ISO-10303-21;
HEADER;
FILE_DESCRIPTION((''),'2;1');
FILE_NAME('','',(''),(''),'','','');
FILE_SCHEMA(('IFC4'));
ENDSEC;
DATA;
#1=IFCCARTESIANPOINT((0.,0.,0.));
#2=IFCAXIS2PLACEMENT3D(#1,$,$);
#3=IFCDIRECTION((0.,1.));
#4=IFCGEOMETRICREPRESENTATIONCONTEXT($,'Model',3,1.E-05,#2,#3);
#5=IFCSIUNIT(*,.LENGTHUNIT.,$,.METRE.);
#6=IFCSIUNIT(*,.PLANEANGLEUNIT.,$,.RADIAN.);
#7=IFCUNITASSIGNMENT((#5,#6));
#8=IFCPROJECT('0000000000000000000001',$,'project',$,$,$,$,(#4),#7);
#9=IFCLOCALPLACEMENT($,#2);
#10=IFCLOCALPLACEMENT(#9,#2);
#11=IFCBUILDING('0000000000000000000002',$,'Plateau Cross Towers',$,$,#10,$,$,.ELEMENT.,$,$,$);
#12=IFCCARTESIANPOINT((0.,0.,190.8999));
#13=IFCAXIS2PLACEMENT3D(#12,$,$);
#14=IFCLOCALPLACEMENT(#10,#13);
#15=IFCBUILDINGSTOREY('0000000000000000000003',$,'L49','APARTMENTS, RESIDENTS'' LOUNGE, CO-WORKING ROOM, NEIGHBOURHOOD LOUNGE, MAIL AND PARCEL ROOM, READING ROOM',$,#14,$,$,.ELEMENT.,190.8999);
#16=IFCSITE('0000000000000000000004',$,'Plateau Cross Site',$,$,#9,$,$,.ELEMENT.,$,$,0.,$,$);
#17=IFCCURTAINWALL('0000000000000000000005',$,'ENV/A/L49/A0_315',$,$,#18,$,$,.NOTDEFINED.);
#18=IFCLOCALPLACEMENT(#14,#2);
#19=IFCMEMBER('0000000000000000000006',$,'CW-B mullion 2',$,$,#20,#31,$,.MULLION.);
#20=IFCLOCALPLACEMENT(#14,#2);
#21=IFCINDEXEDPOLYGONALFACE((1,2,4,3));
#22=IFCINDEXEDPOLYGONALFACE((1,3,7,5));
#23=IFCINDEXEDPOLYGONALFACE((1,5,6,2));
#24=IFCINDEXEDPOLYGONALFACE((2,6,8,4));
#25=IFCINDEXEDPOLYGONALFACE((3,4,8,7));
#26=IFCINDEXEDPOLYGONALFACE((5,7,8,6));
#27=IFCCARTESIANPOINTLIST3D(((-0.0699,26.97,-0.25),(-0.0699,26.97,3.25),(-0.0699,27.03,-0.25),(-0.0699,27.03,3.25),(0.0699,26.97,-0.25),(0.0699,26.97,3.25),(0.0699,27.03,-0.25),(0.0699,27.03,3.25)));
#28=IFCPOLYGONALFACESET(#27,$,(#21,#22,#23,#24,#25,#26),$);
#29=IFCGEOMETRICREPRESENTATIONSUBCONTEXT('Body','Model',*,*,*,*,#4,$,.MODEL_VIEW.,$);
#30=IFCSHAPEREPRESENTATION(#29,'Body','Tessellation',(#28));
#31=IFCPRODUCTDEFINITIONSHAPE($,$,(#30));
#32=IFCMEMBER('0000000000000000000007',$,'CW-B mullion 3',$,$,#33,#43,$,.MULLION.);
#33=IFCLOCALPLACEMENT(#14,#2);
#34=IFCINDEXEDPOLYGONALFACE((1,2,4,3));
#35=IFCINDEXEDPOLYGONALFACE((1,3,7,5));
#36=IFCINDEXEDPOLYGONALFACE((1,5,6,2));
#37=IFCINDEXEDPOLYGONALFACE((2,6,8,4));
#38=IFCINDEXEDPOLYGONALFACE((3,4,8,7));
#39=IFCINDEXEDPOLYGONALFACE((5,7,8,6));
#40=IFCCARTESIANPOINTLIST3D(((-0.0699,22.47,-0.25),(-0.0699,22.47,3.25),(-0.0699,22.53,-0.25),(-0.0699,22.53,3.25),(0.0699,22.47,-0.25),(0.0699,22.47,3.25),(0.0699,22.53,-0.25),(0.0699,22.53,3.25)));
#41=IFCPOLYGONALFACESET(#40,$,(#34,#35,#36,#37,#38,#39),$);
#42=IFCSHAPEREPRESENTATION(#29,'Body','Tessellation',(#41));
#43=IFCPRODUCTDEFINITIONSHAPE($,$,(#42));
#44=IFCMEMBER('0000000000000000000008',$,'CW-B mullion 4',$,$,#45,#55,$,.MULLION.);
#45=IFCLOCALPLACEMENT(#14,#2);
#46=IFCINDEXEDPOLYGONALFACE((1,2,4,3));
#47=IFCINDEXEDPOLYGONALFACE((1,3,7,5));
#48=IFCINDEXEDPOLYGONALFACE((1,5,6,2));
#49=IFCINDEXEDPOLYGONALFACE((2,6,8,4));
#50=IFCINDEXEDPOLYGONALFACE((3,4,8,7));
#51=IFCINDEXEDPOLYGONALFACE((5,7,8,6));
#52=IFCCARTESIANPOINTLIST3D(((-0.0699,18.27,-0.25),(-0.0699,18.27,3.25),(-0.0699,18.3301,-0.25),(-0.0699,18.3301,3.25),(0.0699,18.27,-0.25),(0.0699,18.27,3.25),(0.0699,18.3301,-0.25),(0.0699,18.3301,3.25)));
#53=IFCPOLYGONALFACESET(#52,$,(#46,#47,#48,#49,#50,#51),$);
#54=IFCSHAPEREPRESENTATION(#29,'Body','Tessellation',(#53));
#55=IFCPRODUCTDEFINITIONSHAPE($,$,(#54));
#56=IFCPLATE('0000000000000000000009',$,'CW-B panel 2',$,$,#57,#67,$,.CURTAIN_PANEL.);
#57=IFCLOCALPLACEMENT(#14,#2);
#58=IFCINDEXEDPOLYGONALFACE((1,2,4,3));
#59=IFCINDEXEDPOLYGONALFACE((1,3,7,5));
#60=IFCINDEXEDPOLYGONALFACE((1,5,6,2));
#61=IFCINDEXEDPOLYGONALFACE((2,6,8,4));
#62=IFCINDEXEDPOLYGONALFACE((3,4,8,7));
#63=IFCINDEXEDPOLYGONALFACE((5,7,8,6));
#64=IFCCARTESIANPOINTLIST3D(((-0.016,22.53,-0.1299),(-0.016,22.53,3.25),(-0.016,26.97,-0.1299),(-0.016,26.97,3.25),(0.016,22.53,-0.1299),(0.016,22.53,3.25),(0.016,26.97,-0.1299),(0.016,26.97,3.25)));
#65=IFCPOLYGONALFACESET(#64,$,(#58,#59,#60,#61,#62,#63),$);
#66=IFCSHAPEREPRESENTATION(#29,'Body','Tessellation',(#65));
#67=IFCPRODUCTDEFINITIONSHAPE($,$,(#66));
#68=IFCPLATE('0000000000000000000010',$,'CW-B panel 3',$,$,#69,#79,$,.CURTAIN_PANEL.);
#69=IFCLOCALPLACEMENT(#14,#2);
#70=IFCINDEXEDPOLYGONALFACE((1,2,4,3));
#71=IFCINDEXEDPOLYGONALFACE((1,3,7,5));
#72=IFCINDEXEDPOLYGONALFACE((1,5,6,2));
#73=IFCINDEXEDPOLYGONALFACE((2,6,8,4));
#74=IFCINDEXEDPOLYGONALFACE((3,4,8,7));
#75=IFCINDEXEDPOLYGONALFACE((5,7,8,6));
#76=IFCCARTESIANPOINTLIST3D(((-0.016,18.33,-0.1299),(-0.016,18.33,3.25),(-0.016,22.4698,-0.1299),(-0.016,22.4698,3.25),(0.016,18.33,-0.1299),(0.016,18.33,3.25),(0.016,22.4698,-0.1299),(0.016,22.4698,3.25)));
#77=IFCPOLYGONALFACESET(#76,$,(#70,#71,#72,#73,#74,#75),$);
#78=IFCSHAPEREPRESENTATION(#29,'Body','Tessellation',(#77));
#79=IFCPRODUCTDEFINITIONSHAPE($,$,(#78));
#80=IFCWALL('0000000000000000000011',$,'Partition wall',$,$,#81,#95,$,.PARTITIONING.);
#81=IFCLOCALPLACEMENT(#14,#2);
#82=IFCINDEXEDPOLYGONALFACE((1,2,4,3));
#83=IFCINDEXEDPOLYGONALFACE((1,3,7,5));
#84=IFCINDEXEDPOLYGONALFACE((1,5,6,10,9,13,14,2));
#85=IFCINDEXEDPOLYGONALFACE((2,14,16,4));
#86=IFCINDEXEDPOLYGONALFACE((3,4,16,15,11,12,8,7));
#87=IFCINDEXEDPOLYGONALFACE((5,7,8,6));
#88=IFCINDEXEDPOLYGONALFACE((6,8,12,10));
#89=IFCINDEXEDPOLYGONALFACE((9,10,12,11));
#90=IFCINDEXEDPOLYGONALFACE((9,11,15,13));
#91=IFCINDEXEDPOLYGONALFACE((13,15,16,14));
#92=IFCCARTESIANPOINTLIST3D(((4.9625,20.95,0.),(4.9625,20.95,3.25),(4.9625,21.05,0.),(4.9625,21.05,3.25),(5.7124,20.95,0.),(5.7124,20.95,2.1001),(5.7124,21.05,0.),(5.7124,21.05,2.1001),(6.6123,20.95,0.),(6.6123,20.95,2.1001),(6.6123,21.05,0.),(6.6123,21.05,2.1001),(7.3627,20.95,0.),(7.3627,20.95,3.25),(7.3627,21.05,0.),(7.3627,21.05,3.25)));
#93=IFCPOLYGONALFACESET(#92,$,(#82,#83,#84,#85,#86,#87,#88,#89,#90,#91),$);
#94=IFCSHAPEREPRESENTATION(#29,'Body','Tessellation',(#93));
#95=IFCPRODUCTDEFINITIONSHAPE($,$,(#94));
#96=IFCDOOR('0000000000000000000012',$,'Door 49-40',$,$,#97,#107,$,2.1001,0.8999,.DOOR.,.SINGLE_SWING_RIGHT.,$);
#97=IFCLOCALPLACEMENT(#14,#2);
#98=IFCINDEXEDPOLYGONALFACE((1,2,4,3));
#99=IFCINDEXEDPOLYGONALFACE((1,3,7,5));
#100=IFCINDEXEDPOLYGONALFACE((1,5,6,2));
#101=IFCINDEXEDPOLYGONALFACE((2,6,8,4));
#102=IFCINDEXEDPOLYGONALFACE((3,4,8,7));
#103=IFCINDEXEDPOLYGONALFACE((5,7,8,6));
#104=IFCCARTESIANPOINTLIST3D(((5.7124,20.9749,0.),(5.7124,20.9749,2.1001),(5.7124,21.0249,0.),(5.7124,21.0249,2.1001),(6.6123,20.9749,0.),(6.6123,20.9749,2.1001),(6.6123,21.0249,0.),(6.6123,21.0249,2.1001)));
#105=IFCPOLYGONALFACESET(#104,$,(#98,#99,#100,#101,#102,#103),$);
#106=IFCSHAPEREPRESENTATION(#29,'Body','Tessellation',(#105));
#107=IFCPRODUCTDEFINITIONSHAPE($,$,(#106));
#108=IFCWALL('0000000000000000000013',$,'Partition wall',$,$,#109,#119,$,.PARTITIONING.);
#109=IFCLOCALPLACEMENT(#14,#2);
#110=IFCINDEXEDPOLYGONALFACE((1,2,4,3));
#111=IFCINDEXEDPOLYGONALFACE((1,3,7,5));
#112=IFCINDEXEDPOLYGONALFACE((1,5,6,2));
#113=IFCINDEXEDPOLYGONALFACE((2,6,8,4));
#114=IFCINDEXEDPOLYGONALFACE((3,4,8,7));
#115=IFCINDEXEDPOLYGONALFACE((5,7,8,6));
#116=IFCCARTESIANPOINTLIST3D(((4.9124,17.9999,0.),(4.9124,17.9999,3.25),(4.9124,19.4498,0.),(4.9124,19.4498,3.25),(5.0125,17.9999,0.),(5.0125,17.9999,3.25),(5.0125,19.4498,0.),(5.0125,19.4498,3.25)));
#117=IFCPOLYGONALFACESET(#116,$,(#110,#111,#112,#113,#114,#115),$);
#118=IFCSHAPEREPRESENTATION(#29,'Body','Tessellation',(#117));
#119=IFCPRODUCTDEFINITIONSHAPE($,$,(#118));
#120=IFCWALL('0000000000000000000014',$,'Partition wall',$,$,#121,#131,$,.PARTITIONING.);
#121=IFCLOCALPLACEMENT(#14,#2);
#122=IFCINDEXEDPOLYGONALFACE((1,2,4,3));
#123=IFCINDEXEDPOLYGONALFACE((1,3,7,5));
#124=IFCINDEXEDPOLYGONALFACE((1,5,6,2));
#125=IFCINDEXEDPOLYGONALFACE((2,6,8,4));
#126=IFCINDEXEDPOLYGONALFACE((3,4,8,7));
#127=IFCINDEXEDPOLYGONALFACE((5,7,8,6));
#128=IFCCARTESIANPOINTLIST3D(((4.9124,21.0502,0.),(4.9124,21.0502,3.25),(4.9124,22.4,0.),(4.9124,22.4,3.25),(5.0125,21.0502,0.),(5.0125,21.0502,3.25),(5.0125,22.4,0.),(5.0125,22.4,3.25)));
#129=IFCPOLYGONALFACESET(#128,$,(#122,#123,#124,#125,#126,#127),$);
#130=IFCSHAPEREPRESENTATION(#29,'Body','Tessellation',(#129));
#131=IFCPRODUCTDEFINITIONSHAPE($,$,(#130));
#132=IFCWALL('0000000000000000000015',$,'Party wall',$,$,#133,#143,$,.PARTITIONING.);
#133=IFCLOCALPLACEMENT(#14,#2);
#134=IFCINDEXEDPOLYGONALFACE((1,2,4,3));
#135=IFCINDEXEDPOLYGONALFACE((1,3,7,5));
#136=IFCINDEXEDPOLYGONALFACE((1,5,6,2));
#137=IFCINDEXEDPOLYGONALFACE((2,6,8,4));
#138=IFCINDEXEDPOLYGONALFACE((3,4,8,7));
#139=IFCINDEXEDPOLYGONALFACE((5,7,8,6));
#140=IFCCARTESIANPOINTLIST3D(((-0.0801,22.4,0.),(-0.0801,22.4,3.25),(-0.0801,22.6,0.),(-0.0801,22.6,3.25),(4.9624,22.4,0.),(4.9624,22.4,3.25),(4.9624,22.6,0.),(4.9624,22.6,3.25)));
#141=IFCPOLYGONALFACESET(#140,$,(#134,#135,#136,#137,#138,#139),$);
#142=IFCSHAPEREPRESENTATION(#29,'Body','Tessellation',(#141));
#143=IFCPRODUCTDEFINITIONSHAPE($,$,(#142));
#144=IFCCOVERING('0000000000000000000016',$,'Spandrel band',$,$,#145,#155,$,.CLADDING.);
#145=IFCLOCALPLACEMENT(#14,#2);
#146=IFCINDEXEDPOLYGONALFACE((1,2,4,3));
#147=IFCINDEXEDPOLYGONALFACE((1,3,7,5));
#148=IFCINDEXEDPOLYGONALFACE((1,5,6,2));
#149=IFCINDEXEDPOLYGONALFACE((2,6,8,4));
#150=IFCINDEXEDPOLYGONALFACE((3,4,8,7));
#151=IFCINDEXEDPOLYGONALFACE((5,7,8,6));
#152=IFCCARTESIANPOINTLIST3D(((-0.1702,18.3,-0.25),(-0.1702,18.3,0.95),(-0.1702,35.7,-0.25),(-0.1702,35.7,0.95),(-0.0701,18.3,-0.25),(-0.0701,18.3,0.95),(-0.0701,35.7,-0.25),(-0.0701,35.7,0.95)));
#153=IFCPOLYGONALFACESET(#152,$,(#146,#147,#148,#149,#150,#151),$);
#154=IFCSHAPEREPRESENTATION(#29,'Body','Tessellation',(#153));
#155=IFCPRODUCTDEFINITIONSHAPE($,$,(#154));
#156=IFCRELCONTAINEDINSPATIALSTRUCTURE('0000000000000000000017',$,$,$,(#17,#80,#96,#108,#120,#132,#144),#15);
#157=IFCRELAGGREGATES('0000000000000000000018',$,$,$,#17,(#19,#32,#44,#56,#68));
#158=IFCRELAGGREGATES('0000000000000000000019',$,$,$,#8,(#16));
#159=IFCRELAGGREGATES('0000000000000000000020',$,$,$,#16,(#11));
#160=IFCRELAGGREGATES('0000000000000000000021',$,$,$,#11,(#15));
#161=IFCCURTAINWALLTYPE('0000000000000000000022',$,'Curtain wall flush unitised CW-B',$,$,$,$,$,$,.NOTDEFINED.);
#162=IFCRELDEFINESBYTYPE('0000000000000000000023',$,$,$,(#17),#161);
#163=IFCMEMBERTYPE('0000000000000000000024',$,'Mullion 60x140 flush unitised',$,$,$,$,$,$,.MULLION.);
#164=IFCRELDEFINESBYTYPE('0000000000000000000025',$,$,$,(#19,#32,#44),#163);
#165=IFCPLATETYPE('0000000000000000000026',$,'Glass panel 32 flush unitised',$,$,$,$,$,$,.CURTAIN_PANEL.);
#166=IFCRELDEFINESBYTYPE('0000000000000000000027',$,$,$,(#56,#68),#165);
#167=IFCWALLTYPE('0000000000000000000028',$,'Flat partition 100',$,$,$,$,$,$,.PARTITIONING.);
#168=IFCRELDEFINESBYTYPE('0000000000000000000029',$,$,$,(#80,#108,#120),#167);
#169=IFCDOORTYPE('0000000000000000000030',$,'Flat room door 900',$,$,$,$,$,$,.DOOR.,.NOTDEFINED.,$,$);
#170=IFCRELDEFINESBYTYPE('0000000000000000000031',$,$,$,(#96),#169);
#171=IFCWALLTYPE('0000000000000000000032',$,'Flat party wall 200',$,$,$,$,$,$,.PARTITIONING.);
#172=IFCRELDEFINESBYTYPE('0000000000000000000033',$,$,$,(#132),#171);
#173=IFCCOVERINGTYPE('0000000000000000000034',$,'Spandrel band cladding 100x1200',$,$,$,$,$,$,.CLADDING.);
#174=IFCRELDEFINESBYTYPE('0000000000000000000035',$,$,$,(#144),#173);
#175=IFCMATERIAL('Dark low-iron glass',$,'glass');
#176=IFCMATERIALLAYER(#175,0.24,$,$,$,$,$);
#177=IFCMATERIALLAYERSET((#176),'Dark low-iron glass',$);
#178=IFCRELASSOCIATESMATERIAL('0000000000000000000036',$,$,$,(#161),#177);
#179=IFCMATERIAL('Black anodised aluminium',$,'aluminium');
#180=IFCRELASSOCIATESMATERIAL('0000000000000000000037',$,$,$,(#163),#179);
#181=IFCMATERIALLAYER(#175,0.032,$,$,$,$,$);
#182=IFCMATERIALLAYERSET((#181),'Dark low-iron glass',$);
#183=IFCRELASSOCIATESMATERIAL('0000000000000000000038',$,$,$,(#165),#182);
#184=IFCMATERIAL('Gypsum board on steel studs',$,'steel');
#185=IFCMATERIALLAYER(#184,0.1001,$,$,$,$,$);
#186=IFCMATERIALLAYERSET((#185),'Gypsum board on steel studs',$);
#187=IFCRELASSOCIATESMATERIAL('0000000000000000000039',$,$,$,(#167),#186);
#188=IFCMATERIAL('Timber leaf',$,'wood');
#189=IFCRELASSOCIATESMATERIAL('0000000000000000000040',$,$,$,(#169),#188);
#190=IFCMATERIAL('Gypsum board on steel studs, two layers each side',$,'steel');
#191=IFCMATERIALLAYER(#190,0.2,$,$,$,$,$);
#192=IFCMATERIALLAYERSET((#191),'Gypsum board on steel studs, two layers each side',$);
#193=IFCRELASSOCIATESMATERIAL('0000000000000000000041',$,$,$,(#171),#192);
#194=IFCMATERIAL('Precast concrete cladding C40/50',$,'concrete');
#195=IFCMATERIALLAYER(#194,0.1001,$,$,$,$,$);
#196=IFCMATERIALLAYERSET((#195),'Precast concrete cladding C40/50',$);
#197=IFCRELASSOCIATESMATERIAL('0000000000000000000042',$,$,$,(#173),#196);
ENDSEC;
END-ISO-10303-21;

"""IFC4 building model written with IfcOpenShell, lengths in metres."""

from ifc_helpers import new_model, si_unit, direction, frame, frame_2d, origin, origin_2d, place, context, subcontext, project, spatial, rectangle, extrude, material, layer, layer_set, material_profile, profile_set, type_object, element, fill, aggregate, save


model = new_model("IFC4")

# Units and contexts
model_context = context("Model", 3, precision=1e-05, world=origin(), true_north=direction((0.0, 1.0)))
body_context = subcontext(model_context, "Body", "Model", "MODEL_VIEW")
ifc_project = project(units=[si_unit("LENGTHUNIT", "METRE"), si_unit("PLANEANGLEUNIT", "RADIAN")], contexts=[model_context])

# Site, building, storey
site_placement = place(None, origin())
site = spatial("IfcSite", under=ifc_project, at=site_placement, Name="Plateau Cross Site", CompositionType="ELEMENT", RefElevation=0.0)
building_placement = place(site_placement, origin())
building = spatial("IfcBuilding", under=site, at=building_placement, Name="Plateau Cross Towers", CompositionType="ELEMENT")
storey_placement = place(building_placement, frame((0.0, 0.0, 190.8999)))
storey = spatial("IfcBuildingStorey", under=building, at=storey_placement, Name="L49", Description="APARTMENTS, RESIDENTS' LOUNGE, CO-WORKING ROOM, NEIGHBOURHOOD LOUNGE, MAIL AND PARCEL ROOM, READING ROOM", CompositionType="ELEMENT", Elevation=190.8999)

# Curtain wall, members, plates
ifc_material_1 = material(Name="Dark low-iron glass", Category="glass")
ifc_layer_1 = layer(ifc_material_1, 0.24)
ifc_layer_set_1 = layer_set([ifc_layer_1], Name="Dark low-iron glass")
curtain_wall_type = type_object("IfcCurtainWallType", Name="Curtain wall flush unitised CW-B", PredefinedType="NOTDEFINED", material=ifc_layer_set_1)
curtain_wall_placement = place(storey_placement, origin())
curtain_wall = element("IfcCurtainWall", 1, at=curtain_wall_placement, inside=storey, type_object=curtain_wall_type, Name="ENV/A/L49/A0_315", PredefinedType="NOTDEFINED")
ifc_material_2 = material(Name="Black anodised aluminium", Category="aluminium")
ifc_material_profile = material_profile(ifc_material_2, rectangle(XDim=0.0601, YDim=0.1399, at=origin_2d()), Name="MULLION 60x140")
ifc_profile_set = profile_set([ifc_material_profile], Name="Black anodised aluminium")
member_type = type_object("IfcMemberType", Name="Mullion 60x140 flush unitised", PredefinedType="MULLION", material=ifc_profile_set)
member_1_placement = place(storey_placement, frame((0.0, 27.0, -0.25), z_axis=(0.0, 0.0, 1.0), x_axis=(0.0, -1.0, 0.0)))
member_1 = element("IfcMember", 2, at=member_1_placement, type_object=member_type, Name="CW-B mullion 2", PredefinedType="MULLION", context=body_context, shape_type="SweptSolid", body=[
    extrude(rectangle(XDim=0.0601, YDim=0.1399, at=origin_2d()), origin(), (0.0, 0.0, 1.0), 3.5),
])
member_2_placement = place(storey_placement, frame((0.0, 22.5, -0.25), z_axis=(0.0, 0.0, 1.0), x_axis=(0.0, -1.0, 0.0)))
member_2 = element("IfcMember", 3, at=member_2_placement, type_object=member_type, Name="CW-B mullion 3", PredefinedType="MULLION", context=body_context, shape_type="SweptSolid", body=[
    extrude(rectangle(XDim=0.0601, YDim=0.1399, at=origin_2d()), origin(), (0.0, 0.0, 1.0), 3.5),
])
member_3_placement = place(storey_placement, frame((0.0, 18.3, -0.25), z_axis=(0.0, 0.0, 1.0), x_axis=(0.0, -1.0, 0.0)))
member_3 = element("IfcMember", 4, at=member_3_placement, type_object=member_type, Name="CW-B mullion 4", PredefinedType="MULLION", context=body_context, shape_type="SweptSolid", body=[
    extrude(rectangle(XDim=0.0601, YDim=0.1399, at=origin_2d()), origin(), (0.0, 0.0, 1.0), 3.5),
])
ifc_layer_2 = layer(ifc_material_1, 0.032)
ifc_layer_set_2 = layer_set([ifc_layer_2], Name="Dark low-iron glass")
plate_type = type_object("IfcPlateType", Name="Glass panel 32 flush unitised", PredefinedType="CURTAIN_PANEL", material=ifc_layer_set_2)
plate_1_placement = place(storey_placement, frame((0.0, 24.75, -0.1299), z_axis=(0.0, 0.0, 1.0), x_axis=(0.0, -1.0, 0.0)))
plate_1 = element("IfcPlate", 5, at=plate_1_placement, type_object=plate_type, Name="CW-B panel 2", PredefinedType="CURTAIN_PANEL", context=body_context, shape_type="SweptSolid", body=[
    extrude(rectangle(XDim=4.4399, YDim=0.032, at=origin_2d()), origin(), (0.0, 0.0, 1.0), 3.3799),
])
plate_2_placement = place(storey_placement, frame((0.0, 20.3999, -0.1299), z_axis=(0.0, 0.0, 1.0), x_axis=(0.0, -1.0, 0.0)))
plate_2 = element("IfcPlate", 6, at=plate_2_placement, type_object=plate_type, Name="CW-B panel 3", PredefinedType="CURTAIN_PANEL", context=body_context, shape_type="SweptSolid", body=[
    extrude(rectangle(XDim=4.1399, YDim=0.032, at=origin_2d()), origin(), (0.0, 0.0, 1.0), 3.3799),
])
aggregate(curtain_wall, [member_1, member_2, member_3, plate_1, plate_2])

# Wall, opening, door
ifc_material_3 = material(Name="Gypsum board on steel studs", Category="steel")
ifc_layer_3 = layer(ifc_material_3, 0.1001)
ifc_layer_set_3 = layer_set([ifc_layer_3], Name="Gypsum board on steel studs")
wall_type_1 = type_object("IfcWallType", Name="Flat partition 100", PredefinedType="PARTITIONING", material=ifc_layer_set_3)
wall_1_placement = place(storey_placement, frame((4.9624, 21.0, 0.0), z_axis=(0.0, 0.0, 1.0), x_axis=(1.0, 0.0, 0.0)))
wall_1 = element("IfcWall", 7, at=wall_1_placement, inside=storey, type_object=wall_type_1, Name="Partition wall", PredefinedType="PARTITIONING", context=body_context, shape_type="SweptSolid", body=[
    extrude(rectangle(XDim=2.4001, YDim=0.1001, at=frame_2d((1.2002, 0.0))), origin(), (0.0, 0.0, 1.0), 3.25),
])
opening_placement = place(wall_1_placement, frame((0.75, 0.0, 0.0)))
opening = element("IfcOpeningElement", 8, at=opening_placement, cuts=wall_1, PredefinedType="OPENING", context=body_context, shape_type="SweptSolid", body=[
    extrude(rectangle(XDim=0.8999, YDim=2.1001, at=frame_2d((0.45, 1.05))), frame((0.0, 0.0601, 0.0), z_axis=(0.0, -1.0, 0.0), x_axis=(1.0, 0.0, 0.0)), (0.0, 0.0, 1.0), 0.1201),
])
ifc_material_4 = material(Name="Timber leaf", Category="wood")
door_type = type_object("IfcDoorType", Name="Flat room door 900", OperationType="NOTDEFINED", PredefinedType="DOOR", material=ifc_material_4)
door_placement = place(opening_placement, origin())
door = element("IfcDoor", 9, at=door_placement, inside=storey, type_object=door_type, Name="Door 49-40", OperationType="SINGLE_SWING_RIGHT", OverallHeight=2.1001, OverallWidth=0.8999, PredefinedType="DOOR", context=body_context, shape_type="SweptSolid", body=[
    extrude(rectangle(XDim=0.8999, YDim=2.1001, at=frame_2d((0.45, 1.05))), frame((0.0, 0.0249, 0.0), z_axis=(0.0, -1.0, 0.0), x_axis=(1.0, 0.0, 0.0)), (0.0, 0.0, 1.0), 0.05),
])
fill(opening, door)

# Walls
wall_2_placement = place(storey_placement, frame((4.9624, 19.45, 0.0), z_axis=(0.0, 0.0, 1.0), x_axis=(0.0, -1.0, 0.0)))
element("IfcWall", 10, at=wall_2_placement, inside=storey, type_object=wall_type_1, Name="Partition wall", PredefinedType="PARTITIONING", context=body_context, shape_type="SweptSolid", body=[
    extrude(rectangle(XDim=1.45, YDim=0.1001, at=frame_2d((0.7251, 0.0))), origin(), (0.0, 0.0, 1.0), 3.25),
])
wall_3_placement = place(storey_placement, frame((4.9624, 22.3999, 0.0), z_axis=(0.0, 0.0, 1.0), x_axis=(0.0, -1.0, 0.0)))
element("IfcWall", 11, at=wall_3_placement, inside=storey, type_object=wall_type_1, Name="Partition wall", PredefinedType="PARTITIONING", context=body_context, shape_type="SweptSolid", body=[
    extrude(rectangle(XDim=1.3499, YDim=0.1001, at=frame_2d((0.6748, 0.0))), origin(), (0.0, 0.0, 1.0), 3.25),
])
ifc_material_5 = material(Name="Gypsum board on steel studs, two layers each side", Category="steel")
ifc_layer_4 = layer(ifc_material_5, 0.2)
ifc_layer_set_4 = layer_set([ifc_layer_4], Name="Gypsum board on steel studs, two layers each side")
wall_type_2 = type_object("IfcWallType", Name="Flat party wall 200", PredefinedType="PARTITIONING", material=ifc_layer_set_4)
wall_4_placement = place(storey_placement, frame((-0.0801, 22.5, 0.0), z_axis=(0.0, 0.0, 1.0), x_axis=(1.0, 0.0, 0.0)))
element("IfcWall", 12, at=wall_4_placement, inside=storey, type_object=wall_type_2, Name="Party wall", PredefinedType="PARTITIONING", context=body_context, shape_type="SweptSolid", body=[
    extrude(rectangle(XDim=5.0425, YDim=0.2, at=frame_2d((2.5212, 0.0))), origin(), (0.0, 0.0, 1.0), 3.25),
])

# Covering
ifc_material_6 = material(Name="Precast concrete cladding C40/50", Category="concrete")
ifc_layer_5 = layer(ifc_material_6, 0.1001)
ifc_layer_set_5 = layer_set([ifc_layer_5], Name="Precast concrete cladding C40/50")
covering_type = type_object("IfcCoveringType", Name="Spandrel band cladding 100x1200", PredefinedType="CLADDING", material=ifc_layer_set_5)
covering_placement = place(storey_placement, frame((-0.1201, 27.0, -0.25), z_axis=(0.0, 0.0, 1.0), x_axis=(0.0, -1.0, 0.0)))
element("IfcCovering", 13, at=covering_placement, inside=storey, type_object=covering_type, Name="Spandrel band", PredefinedType="CLADDING", context=body_context, shape_type="SweptSolid", body=[
    extrude(rectangle(XDim=17.3999, YDim=0.1001, at=origin_2d()), origin(), (0.0, 0.0, 1.0), 1.2),
])

save(model, "model.ifc")
